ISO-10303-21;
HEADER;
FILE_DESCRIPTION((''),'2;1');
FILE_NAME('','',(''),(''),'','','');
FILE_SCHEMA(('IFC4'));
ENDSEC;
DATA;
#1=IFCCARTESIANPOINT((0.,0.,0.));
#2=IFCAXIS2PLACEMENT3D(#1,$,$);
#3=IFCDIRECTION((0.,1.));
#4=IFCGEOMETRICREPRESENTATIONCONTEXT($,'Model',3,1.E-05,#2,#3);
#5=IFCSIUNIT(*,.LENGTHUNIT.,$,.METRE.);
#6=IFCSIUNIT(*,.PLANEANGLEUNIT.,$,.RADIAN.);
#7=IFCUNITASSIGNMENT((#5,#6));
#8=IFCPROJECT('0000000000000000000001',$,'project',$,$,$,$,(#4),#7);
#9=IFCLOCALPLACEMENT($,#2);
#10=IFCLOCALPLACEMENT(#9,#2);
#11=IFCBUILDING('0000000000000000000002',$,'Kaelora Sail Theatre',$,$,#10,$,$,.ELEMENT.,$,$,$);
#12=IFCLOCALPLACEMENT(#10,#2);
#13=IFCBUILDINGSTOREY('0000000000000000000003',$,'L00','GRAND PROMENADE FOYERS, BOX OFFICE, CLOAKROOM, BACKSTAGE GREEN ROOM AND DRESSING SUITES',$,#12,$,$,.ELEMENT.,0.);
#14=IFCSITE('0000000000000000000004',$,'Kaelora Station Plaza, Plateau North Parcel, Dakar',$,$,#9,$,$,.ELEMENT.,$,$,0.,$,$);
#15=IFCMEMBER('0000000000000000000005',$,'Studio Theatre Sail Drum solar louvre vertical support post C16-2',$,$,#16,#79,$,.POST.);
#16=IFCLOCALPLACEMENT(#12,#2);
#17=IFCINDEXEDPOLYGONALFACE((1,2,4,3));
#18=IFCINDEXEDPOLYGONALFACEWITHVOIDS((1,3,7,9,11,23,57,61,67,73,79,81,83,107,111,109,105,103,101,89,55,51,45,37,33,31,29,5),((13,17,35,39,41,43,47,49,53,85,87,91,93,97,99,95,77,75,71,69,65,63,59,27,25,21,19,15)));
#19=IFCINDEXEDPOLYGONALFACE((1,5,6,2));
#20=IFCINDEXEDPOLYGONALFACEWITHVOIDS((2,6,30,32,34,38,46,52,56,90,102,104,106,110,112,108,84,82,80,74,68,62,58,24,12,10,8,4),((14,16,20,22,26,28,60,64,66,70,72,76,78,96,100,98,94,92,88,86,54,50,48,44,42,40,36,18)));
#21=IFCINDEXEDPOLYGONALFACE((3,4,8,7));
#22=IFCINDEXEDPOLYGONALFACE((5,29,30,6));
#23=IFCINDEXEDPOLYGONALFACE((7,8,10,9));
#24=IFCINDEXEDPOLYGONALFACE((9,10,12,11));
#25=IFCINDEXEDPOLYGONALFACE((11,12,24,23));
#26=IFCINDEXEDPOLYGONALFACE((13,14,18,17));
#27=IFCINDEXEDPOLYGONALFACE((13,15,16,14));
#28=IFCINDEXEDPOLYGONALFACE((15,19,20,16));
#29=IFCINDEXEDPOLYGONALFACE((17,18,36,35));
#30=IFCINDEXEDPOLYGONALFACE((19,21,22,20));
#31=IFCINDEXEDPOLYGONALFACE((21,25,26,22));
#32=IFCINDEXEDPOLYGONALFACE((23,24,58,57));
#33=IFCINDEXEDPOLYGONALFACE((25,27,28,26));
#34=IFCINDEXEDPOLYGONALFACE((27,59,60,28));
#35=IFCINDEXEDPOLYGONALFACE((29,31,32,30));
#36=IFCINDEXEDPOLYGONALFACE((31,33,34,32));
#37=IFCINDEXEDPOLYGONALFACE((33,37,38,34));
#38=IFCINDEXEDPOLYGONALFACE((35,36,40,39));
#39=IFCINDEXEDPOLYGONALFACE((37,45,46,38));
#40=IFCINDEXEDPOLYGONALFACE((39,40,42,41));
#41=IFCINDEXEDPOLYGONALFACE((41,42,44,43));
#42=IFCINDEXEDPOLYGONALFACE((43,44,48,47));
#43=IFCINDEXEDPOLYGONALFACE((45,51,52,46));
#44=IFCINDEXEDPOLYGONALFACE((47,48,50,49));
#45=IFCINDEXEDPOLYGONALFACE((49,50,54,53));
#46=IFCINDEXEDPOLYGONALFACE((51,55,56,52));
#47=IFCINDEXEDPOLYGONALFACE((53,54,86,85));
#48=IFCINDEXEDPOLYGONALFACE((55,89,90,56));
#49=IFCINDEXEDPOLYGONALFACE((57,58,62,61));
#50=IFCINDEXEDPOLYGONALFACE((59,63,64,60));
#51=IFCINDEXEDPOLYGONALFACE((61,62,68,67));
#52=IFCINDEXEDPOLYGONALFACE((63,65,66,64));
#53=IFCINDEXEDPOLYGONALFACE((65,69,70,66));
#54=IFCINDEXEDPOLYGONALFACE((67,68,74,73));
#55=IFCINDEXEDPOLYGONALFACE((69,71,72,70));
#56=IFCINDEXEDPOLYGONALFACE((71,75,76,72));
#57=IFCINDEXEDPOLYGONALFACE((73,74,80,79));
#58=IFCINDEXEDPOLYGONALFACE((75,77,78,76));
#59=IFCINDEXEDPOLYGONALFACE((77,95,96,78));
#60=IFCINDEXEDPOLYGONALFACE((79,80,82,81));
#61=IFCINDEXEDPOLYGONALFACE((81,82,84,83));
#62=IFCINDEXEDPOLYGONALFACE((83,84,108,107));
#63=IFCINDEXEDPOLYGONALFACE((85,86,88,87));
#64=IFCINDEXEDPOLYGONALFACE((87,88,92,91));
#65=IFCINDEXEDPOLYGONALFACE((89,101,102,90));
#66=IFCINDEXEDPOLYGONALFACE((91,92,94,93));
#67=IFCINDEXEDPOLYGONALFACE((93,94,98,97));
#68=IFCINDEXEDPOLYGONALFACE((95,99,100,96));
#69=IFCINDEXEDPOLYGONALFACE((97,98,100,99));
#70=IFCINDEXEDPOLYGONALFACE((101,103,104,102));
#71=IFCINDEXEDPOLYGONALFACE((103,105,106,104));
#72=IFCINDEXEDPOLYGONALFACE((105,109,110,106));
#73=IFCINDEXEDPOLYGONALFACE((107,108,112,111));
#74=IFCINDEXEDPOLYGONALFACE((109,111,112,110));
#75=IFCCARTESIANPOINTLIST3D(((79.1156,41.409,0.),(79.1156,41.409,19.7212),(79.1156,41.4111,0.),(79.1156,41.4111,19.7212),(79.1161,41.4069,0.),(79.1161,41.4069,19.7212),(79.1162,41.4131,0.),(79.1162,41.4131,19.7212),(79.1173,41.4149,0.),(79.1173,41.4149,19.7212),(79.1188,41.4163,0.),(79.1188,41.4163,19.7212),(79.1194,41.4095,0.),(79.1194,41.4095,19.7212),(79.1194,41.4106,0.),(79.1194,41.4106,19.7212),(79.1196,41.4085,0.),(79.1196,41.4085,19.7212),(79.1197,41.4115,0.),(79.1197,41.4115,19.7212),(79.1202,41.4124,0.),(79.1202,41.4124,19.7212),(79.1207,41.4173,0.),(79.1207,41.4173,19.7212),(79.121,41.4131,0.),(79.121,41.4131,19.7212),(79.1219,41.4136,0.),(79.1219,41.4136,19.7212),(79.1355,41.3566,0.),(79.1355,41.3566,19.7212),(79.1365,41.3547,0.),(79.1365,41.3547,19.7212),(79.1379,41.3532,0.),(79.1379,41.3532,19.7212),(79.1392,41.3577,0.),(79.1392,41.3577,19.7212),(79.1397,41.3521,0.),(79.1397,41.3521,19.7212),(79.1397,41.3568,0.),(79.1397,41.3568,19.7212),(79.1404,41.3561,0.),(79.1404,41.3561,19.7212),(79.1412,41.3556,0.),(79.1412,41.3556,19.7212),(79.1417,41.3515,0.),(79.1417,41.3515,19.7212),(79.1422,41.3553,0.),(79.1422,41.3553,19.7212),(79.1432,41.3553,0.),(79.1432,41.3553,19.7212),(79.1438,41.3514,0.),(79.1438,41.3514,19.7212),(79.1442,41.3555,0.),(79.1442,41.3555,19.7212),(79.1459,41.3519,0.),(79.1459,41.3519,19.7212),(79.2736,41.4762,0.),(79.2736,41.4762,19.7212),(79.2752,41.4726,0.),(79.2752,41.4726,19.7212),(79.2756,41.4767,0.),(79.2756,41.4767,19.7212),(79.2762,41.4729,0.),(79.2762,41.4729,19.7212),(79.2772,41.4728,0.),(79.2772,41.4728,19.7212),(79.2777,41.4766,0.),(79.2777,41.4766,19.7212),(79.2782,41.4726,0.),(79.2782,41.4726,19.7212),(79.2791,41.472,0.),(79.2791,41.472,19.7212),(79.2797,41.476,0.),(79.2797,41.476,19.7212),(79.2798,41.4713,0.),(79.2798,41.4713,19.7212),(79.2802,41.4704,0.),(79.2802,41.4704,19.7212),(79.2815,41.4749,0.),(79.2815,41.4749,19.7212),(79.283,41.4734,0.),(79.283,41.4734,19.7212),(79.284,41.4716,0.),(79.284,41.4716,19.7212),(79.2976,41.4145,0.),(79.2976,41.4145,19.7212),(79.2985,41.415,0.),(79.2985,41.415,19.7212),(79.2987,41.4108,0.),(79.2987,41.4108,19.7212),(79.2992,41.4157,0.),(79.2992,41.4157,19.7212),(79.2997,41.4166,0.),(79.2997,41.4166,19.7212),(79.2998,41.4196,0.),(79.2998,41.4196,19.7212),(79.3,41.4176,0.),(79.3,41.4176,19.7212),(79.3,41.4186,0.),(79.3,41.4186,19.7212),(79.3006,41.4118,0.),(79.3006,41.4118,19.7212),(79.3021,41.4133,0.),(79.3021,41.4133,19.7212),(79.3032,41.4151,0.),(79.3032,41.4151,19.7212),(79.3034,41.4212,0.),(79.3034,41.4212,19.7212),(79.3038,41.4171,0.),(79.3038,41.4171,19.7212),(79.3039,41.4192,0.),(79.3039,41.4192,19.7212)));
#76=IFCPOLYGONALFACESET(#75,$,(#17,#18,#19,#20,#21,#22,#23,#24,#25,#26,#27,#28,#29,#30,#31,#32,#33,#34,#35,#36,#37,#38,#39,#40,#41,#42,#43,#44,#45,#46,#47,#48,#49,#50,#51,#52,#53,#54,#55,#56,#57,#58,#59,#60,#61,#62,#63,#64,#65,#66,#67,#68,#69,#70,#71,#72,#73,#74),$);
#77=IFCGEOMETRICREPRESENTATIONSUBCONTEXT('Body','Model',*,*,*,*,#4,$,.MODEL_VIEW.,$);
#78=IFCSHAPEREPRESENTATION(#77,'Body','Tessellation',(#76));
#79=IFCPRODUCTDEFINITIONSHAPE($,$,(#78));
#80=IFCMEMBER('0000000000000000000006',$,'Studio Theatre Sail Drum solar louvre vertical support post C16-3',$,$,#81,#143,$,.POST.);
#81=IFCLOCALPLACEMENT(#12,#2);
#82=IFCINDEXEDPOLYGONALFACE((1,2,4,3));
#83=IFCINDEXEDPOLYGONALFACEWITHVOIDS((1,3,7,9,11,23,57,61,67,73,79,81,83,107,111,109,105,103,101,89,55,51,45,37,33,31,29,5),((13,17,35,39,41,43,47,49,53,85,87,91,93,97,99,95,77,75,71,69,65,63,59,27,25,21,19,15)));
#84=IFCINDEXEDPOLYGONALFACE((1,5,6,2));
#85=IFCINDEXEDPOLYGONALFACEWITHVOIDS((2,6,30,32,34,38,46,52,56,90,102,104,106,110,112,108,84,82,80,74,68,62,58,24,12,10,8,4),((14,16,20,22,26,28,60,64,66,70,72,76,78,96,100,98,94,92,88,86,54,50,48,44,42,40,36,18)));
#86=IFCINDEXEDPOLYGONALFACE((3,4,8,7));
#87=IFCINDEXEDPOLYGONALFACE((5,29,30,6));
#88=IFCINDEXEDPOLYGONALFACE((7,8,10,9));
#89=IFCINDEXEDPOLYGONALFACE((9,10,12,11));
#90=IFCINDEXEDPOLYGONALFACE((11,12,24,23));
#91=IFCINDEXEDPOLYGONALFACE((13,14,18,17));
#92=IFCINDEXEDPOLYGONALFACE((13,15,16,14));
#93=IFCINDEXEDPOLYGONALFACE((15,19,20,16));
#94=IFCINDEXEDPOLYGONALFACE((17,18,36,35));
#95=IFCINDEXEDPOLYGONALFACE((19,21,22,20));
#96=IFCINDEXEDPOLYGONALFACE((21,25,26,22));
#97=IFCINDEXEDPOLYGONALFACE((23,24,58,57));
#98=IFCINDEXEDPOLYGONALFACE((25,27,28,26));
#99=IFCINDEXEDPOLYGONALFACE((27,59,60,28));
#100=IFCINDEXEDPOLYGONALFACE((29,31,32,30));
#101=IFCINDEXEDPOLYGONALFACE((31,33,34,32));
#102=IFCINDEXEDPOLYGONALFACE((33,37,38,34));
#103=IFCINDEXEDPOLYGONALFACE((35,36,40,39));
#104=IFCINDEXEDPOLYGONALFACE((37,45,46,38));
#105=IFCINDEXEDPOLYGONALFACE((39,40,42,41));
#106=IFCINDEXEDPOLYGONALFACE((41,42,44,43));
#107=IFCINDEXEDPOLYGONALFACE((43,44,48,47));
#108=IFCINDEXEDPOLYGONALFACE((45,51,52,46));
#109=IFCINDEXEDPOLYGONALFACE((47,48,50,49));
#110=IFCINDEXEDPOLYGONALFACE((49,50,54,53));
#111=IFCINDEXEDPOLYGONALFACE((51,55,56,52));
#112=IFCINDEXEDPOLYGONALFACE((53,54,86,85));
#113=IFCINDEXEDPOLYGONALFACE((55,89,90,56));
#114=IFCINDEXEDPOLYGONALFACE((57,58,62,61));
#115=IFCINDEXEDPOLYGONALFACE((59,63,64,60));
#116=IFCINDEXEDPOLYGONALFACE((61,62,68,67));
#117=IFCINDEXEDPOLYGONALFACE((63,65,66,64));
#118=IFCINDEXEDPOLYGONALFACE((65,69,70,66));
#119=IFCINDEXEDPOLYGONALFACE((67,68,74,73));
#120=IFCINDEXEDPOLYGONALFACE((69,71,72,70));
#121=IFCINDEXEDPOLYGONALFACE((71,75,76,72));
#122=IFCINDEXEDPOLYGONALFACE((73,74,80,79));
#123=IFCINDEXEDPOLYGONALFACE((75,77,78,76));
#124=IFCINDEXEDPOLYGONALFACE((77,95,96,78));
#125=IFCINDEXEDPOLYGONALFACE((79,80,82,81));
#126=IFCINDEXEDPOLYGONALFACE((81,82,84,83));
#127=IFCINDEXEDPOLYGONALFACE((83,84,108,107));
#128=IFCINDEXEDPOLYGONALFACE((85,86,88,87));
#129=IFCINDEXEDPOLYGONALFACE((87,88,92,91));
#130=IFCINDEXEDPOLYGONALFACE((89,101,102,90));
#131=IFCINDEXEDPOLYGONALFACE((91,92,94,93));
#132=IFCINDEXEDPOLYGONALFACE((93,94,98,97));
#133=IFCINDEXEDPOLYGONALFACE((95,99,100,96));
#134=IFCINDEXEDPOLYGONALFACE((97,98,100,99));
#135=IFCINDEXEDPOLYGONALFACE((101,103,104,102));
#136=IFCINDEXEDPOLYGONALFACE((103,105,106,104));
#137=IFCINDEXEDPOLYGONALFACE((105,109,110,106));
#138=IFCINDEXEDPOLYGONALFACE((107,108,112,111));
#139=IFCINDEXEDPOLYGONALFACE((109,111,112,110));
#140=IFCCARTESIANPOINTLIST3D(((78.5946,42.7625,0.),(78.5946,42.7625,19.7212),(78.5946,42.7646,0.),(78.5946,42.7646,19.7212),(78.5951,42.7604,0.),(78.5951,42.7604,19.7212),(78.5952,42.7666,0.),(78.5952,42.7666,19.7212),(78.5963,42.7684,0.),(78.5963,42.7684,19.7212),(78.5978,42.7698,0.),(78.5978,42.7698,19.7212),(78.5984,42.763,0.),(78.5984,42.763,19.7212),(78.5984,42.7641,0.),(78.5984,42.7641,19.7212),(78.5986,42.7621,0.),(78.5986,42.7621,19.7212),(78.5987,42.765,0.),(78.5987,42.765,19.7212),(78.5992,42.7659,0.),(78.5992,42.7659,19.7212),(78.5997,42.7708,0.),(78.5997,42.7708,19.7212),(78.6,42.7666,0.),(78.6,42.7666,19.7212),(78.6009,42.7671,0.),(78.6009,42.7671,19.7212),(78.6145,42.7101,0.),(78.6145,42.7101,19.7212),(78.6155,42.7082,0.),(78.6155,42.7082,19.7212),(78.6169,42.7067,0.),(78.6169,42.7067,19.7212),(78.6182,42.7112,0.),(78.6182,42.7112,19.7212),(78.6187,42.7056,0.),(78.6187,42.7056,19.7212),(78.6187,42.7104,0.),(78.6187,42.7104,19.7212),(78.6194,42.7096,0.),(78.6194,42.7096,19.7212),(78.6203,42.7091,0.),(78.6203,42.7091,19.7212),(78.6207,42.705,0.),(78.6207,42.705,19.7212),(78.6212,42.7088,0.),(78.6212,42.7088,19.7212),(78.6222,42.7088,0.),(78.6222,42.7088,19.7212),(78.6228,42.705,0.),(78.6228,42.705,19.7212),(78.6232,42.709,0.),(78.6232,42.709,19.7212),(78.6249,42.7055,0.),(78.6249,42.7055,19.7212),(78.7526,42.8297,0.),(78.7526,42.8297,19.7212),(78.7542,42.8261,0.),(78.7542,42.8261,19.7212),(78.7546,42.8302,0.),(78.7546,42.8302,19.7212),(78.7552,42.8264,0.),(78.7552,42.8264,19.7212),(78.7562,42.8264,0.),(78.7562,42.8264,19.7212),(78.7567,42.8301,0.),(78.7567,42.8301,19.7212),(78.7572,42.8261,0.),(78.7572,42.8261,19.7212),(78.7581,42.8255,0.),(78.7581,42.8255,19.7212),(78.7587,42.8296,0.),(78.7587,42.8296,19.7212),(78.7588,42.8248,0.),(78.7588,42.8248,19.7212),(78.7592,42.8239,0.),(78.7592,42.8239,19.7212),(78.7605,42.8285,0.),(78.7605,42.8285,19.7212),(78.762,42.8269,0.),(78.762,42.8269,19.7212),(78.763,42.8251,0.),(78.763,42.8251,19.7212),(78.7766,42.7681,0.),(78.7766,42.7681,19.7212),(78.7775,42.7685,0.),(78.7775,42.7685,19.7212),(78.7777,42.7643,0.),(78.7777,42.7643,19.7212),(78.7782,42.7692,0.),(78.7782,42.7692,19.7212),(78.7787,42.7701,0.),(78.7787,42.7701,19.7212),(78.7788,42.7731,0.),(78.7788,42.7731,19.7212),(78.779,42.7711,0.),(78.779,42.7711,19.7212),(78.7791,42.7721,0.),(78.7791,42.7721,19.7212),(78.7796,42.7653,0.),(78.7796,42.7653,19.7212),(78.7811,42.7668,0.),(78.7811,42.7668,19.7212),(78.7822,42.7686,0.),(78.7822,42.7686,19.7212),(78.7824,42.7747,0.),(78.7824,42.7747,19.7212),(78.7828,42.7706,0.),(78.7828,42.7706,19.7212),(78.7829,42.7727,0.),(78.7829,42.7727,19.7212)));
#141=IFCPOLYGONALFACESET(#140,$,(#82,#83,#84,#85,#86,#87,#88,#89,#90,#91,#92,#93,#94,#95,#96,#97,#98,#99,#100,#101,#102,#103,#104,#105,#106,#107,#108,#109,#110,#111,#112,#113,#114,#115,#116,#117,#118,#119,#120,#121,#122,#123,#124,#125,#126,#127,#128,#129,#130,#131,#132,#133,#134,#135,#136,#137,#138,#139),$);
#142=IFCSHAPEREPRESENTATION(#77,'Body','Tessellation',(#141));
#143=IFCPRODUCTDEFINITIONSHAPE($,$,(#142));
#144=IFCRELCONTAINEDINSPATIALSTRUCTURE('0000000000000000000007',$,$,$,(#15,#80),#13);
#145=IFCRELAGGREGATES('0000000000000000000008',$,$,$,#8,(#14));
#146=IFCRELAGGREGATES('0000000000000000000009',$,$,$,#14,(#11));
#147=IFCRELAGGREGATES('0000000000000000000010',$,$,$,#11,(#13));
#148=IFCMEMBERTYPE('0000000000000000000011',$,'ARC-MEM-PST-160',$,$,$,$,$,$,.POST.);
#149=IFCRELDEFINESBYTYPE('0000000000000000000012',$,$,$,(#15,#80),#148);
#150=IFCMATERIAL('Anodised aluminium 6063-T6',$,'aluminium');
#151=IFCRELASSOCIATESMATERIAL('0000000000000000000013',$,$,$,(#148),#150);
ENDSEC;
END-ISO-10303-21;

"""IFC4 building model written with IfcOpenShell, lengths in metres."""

from ifc_helpers import new_model, si_unit, direction, frame, origin, origin_2d, place, context, subcontext, project, spatial, hollow_rectangle, extrude, material, material_profile, profile_set, type_object, element, save


model = new_model("IFC4")

# Units and contexts
model_context = context("Model", 3, precision=1e-05, world=origin(), true_north=direction((0.0, 1.0)))
body_context = subcontext(model_context, "Body", "Model", "MODEL_VIEW")
ifc_project = project(units=[si_unit("LENGTHUNIT", "METRE"), si_unit("PLANEANGLEUNIT", "RADIAN")], contexts=[model_context])

# Site, building, storey
site_placement = place(None, origin())
site = spatial("IfcSite", under=ifc_project, at=site_placement, Name="Kaelora Station Plaza, Plateau North Parcel, Dakar", CompositionType="ELEMENT", RefElevation=0.0)
building_placement = place(site_placement, origin())
building = spatial("IfcBuilding", under=site, at=building_placement, Name="Kaelora Sail Theatre", CompositionType="ELEMENT")
storey_placement = place(building_placement, origin())
storey = spatial("IfcBuildingStorey", under=building, at=storey_placement, Name="L00", Description="GRAND PROMENADE FOYERS, BOX OFFICE, CLOAKROOM, BACKSTAGE GREEN ROOM AND DRESSING SUITES", CompositionType="ELEMENT", Elevation=0.0)

# Members
ifc_material_1 = material(Name="Anodised aluminium 6063-T6", Category="aluminium")
ifc_material_profile_1 = material_profile(ifc_material_1, hollow_rectangle(XDim=0.0701, YDim=0.1799, WallThickness=0.0039, InnerFilletRadius=0.0039, OuterFilletRadius=0.0081, at=origin_2d()), Name="ALU-MULL 70x180x4")
ifc_profile_set_1 = profile_set([ifc_material_profile_1], Name="Anodised aluminium 6063-T6")
member_type_1 = type_object("IfcMemberType", Name="ARC-MEM-PST-160", PredefinedType="POST", material=ifc_profile_set_1)
for number, where, z_axis, x_axis, name in (
    (1, (79.2097, 41.4141, 0.0), (0.0, 0.0, 1.0), (-0.359345, 0.933205, 0.0), "Studio Theatre Sail Drum solar louvre vertical support post C16-2"),
    (2, (78.6887, 42.7676, 0.0), (0.0, 0.0, 1.0), (-0.359345, 0.933205, 0.0), "Studio Theatre Sail Drum solar louvre vertical support post C16-3"),
):
    element("IfcMember", number, at=place(storey_placement, frame(where, z_axis=z_axis, x_axis=x_axis)), inside=storey, type_object=member_type_1, Name=name, PredefinedType="POST", context=body_context, shape_type="SweptSolid", body=[
        extrude(hollow_rectangle(XDim=0.0701, YDim=0.1799, WallThickness=0.0039, InnerFilletRadius=0.0039, OuterFilletRadius=0.0081, at=origin_2d()), origin(), (0.0, 0.0, 1.0), 19.7212),
    ])

save(model, "model.ifc")
